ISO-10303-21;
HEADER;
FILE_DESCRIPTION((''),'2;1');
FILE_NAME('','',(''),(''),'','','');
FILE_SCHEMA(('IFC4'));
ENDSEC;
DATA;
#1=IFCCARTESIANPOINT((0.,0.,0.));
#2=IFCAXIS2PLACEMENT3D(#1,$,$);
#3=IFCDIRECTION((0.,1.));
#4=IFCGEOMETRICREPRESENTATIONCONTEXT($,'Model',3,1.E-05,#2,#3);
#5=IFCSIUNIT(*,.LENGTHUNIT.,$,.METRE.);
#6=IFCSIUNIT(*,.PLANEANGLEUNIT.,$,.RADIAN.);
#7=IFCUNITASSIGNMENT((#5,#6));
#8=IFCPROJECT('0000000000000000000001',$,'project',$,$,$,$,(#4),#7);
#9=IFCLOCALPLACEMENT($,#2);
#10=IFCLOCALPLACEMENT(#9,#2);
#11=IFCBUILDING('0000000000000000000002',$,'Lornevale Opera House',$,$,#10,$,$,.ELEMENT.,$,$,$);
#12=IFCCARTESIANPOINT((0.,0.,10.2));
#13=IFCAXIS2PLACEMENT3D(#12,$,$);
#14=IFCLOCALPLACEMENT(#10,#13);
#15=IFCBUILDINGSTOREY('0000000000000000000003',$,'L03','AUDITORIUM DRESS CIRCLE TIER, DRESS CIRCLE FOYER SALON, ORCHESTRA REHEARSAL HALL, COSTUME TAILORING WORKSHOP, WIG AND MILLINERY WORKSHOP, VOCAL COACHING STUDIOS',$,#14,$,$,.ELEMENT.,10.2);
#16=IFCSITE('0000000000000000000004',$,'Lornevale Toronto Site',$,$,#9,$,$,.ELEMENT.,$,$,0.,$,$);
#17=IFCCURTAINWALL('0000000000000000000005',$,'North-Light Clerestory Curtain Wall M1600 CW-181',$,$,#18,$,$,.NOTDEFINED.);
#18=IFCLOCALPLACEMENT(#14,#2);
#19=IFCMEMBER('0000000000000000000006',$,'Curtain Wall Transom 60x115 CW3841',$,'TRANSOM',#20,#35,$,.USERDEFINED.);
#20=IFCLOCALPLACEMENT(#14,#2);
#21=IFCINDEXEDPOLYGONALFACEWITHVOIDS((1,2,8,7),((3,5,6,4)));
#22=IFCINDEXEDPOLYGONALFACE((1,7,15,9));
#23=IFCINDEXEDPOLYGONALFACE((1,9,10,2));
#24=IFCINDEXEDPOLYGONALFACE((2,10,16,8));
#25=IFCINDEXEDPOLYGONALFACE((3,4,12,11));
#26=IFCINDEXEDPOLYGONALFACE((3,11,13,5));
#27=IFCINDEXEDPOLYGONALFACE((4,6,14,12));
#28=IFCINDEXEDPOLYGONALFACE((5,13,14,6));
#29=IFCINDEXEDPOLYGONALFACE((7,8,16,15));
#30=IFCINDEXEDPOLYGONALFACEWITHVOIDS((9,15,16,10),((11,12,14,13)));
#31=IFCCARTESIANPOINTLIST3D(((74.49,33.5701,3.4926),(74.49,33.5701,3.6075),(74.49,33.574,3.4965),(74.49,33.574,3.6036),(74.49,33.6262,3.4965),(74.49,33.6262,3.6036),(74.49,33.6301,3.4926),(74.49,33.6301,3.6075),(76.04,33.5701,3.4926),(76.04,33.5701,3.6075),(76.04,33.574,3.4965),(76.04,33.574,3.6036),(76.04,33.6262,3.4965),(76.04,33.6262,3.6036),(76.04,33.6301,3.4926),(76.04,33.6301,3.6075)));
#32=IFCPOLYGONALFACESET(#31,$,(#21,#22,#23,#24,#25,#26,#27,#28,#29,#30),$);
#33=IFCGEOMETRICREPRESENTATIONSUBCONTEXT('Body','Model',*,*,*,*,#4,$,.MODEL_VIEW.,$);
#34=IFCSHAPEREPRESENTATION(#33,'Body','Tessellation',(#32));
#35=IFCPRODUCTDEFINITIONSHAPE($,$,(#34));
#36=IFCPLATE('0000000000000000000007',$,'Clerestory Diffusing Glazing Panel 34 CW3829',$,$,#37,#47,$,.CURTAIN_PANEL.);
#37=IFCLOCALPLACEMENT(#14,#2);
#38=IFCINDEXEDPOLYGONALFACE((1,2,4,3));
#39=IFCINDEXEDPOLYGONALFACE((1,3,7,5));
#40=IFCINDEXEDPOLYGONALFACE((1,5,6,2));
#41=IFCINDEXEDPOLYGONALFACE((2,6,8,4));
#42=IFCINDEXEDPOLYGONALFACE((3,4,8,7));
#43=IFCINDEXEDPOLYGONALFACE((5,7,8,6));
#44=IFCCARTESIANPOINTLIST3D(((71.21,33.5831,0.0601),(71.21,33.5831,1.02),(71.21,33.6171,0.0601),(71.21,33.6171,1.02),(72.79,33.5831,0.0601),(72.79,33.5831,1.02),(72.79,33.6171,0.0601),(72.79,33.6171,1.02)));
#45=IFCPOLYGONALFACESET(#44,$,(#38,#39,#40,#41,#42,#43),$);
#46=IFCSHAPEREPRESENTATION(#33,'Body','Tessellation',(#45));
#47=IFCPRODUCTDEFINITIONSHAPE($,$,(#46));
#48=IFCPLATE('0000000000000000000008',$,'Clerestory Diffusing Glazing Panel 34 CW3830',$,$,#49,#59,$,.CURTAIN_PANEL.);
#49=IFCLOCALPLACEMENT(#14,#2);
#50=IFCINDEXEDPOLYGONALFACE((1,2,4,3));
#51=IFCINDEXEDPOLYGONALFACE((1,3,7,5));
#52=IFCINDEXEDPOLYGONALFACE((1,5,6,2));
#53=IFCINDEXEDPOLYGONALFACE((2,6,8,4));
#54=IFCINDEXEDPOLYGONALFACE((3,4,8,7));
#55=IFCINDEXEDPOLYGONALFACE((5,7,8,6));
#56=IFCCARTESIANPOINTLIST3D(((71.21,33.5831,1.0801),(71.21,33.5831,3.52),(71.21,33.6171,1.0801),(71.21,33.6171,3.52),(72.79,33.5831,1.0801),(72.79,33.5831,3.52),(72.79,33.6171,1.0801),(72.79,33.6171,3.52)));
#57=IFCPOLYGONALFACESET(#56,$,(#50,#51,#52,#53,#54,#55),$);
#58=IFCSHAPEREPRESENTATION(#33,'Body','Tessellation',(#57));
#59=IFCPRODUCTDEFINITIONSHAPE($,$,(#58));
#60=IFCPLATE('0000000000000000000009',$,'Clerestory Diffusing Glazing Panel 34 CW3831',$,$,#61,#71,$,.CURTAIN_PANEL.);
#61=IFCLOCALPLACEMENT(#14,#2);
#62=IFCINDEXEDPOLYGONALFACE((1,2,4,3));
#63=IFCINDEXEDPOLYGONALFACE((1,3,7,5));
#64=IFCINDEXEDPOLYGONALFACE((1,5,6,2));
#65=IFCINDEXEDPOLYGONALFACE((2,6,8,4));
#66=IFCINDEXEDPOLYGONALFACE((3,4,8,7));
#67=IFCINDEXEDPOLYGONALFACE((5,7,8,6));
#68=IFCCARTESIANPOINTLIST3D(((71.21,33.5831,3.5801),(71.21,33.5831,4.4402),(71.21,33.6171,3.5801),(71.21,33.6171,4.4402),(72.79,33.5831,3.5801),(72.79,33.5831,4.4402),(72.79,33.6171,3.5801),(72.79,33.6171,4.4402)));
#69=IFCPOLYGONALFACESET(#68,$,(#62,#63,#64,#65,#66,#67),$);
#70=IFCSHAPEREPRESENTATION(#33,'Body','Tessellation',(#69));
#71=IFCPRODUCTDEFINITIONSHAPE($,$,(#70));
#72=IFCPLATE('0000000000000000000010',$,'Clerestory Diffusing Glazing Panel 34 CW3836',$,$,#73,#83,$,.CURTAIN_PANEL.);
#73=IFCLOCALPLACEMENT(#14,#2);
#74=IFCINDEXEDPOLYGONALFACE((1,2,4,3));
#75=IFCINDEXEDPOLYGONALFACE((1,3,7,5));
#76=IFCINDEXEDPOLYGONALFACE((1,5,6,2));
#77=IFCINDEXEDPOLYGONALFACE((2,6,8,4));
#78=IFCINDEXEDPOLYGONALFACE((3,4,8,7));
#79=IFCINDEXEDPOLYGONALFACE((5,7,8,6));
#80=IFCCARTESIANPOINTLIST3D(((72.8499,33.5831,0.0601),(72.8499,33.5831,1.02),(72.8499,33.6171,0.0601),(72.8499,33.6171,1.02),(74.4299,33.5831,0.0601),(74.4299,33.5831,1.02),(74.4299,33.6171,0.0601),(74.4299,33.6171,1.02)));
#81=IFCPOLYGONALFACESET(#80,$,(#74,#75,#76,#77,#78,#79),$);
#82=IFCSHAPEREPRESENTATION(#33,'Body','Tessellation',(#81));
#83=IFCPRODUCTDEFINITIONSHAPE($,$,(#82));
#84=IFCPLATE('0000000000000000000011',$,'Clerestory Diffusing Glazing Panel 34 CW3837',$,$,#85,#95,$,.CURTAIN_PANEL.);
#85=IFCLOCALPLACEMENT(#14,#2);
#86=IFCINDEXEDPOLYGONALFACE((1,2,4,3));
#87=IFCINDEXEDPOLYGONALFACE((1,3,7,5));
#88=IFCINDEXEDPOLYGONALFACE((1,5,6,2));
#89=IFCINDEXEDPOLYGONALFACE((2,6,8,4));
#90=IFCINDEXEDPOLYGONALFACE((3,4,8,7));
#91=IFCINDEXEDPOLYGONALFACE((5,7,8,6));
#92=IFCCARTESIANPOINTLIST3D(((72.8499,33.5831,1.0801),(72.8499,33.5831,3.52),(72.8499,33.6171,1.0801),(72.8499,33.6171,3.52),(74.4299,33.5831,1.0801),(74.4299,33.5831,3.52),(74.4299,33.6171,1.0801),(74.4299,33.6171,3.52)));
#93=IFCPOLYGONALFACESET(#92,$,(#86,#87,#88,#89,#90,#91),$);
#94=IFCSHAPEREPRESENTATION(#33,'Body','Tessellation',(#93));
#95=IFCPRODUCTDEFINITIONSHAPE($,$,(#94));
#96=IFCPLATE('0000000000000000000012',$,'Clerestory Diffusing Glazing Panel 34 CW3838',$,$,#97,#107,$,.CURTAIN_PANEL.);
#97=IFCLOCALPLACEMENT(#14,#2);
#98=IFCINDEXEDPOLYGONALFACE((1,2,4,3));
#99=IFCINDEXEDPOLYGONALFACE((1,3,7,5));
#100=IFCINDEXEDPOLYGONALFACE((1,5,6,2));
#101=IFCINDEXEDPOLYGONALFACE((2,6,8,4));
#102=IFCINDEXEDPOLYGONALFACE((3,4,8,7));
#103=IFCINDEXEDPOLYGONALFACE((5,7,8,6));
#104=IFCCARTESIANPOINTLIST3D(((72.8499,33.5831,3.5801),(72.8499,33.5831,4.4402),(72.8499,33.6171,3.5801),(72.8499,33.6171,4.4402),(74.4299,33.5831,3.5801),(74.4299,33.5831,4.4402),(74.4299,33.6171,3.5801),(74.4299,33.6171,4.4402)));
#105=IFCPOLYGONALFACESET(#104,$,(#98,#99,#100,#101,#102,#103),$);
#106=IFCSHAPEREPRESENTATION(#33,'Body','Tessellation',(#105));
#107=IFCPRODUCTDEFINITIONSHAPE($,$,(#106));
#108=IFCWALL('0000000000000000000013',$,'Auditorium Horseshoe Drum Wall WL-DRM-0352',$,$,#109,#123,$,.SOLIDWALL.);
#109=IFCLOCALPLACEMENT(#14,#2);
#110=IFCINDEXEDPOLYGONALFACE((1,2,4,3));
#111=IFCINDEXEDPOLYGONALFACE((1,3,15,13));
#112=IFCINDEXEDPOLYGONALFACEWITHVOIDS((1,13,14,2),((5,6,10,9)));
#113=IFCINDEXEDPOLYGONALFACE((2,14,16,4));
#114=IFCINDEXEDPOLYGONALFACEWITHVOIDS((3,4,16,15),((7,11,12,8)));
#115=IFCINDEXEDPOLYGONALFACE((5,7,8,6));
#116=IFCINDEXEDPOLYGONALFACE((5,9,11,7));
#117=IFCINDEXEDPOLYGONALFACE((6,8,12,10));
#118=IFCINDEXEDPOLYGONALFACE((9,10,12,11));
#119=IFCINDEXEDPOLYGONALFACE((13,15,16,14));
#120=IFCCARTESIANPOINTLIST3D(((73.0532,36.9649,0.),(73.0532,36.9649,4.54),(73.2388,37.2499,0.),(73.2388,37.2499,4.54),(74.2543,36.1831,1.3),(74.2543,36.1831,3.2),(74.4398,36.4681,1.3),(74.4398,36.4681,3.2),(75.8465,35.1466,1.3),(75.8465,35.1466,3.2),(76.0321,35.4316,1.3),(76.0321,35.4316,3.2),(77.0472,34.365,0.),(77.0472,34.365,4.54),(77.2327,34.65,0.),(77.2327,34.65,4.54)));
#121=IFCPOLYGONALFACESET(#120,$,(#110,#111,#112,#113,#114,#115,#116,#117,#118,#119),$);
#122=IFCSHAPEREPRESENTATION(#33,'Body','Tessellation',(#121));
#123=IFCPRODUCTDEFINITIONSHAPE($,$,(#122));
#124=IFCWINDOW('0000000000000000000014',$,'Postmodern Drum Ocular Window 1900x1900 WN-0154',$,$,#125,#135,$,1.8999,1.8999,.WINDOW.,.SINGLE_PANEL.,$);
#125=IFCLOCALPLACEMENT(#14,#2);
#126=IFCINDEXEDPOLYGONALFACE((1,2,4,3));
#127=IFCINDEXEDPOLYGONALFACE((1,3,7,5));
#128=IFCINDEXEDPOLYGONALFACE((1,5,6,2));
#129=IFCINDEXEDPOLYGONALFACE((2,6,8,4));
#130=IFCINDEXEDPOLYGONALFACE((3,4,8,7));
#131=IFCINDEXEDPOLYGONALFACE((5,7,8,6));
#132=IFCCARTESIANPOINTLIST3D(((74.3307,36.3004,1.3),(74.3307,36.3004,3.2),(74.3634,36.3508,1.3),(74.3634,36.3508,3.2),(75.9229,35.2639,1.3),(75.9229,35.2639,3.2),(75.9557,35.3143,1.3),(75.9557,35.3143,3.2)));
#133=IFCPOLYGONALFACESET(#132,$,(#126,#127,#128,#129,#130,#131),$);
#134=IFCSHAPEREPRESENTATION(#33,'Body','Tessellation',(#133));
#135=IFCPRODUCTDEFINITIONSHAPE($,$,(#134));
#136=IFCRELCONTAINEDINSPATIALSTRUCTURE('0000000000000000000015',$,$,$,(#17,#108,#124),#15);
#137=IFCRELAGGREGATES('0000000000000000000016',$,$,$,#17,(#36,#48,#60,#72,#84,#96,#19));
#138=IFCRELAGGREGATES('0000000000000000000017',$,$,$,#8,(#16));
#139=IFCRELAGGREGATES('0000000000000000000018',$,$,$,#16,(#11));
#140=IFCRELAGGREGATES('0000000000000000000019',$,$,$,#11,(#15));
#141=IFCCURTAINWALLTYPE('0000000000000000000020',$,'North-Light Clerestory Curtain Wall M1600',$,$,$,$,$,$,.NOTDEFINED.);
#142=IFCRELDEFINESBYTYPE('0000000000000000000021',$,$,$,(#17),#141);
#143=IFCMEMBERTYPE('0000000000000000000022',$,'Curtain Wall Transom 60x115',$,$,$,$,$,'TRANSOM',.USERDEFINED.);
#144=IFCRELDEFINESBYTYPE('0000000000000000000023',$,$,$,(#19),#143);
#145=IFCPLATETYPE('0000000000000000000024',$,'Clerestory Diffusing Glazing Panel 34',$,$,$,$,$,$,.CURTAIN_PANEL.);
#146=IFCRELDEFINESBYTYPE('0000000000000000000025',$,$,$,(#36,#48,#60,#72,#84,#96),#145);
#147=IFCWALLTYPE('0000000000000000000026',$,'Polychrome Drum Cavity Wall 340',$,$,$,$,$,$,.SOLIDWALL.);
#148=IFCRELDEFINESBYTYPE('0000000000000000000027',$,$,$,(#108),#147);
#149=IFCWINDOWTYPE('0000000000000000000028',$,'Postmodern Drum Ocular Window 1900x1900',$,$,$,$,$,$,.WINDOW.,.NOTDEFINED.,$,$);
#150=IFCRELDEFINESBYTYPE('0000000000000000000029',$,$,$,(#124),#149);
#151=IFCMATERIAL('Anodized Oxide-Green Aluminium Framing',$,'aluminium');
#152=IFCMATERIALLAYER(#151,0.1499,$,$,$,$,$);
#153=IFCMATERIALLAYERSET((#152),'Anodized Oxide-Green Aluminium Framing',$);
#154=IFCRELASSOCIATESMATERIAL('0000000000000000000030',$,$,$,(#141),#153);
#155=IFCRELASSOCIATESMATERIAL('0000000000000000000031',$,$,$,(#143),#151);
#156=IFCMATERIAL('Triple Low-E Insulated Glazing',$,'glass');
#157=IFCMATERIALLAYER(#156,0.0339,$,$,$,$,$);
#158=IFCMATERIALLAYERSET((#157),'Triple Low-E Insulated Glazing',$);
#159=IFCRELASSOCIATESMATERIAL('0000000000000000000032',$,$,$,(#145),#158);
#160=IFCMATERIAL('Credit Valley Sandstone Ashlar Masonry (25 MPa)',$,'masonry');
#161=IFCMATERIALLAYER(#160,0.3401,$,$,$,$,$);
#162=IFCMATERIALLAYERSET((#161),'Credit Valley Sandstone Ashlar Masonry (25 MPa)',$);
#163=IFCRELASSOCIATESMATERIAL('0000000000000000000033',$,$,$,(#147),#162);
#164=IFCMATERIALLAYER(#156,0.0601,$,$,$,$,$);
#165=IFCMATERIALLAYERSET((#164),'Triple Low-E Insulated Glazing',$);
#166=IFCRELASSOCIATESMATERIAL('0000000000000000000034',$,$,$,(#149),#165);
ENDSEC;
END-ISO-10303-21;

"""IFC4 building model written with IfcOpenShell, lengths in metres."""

from ifc_helpers import new_model, si_unit, direction, frame, frame_2d, origin, origin_2d, place, context, subcontext, project, spatial, rectangle, hollow_rectangle, extrude, material, layer, layer_set, material_profile, profile_set, type_object, element, fill, aggregate, save


model = new_model("IFC4")

# Units and contexts
model_context = context("Model", 3, precision=1e-05, world=origin(), true_north=direction((0.0, 1.0)))
body_context = subcontext(model_context, "Body", "Model", "MODEL_VIEW")
ifc_project = project(units=[si_unit("LENGTHUNIT", "METRE"), si_unit("PLANEANGLEUNIT", "RADIAN")], contexts=[model_context])

# Site, building, storey
site_placement = place(None, origin())
site = spatial("IfcSite", under=ifc_project, at=site_placement, Name="Lornevale Toronto Site", CompositionType="ELEMENT", RefElevation=0.0)
building_placement = place(site_placement, origin())
building = spatial("IfcBuilding", under=site, at=building_placement, Name="Lornevale Opera House", CompositionType="ELEMENT")
storey_placement = place(building_placement, frame((0.0, 0.0, 10.2)))
storey = spatial("IfcBuildingStorey", under=building, at=storey_placement, Name="L03", Description="AUDITORIUM DRESS CIRCLE TIER, DRESS CIRCLE FOYER SALON, ORCHESTRA REHEARSAL HALL, COSTUME TAILORING WORKSHOP, WIG AND MILLINERY WORKSHOP, VOCAL COACHING STUDIOS", CompositionType="ELEMENT", Elevation=10.2)

# Curtain wall, member, plates
ifc_material_1 = material(Name="Anodized Oxide-Green Aluminium Framing", Category="aluminium")
ifc_layer_1 = layer(ifc_material_1, 0.1499)
ifc_layer_set_1 = layer_set([ifc_layer_1], Name="Anodized Oxide-Green Aluminium Framing")
curtain_wall_type = type_object("IfcCurtainWallType", Name="North-Light Clerestory Curtain Wall M1600", PredefinedType="NOTDEFINED", material=ifc_layer_set_1)
curtain_wall_placement = place(storey_placement, origin())
curtain_wall = element("IfcCurtainWall", 1, at=curtain_wall_placement, inside=storey, type_object=curtain_wall_type, Name="North-Light Clerestory Curtain Wall M1600 CW-181", PredefinedType="NOTDEFINED")
ifc_material_profile_1 = material_profile(ifc_material_1, hollow_rectangle(XDim=0.0601, YDim=0.115, WallThickness=0.0039, at=origin_2d()), Name="ALU60x115x4")
ifc_profile_set_1 = profile_set([ifc_material_profile_1], Name="Anodized Oxide-Green Aluminium Framing")
member_type_1 = type_object("IfcMemberType", Name="Curtain Wall Transom 60x115", ElementType="TRANSOM", PredefinedType="USERDEFINED", material=ifc_profile_set_1)
member_1_placement = place(storey_placement, frame((74.49, 33.6001, 3.55), z_axis=(1.0, 0.0, 0.0), x_axis=(0.0, 1.0, 0.0)))
member_1 = element("IfcMember", 2, at=member_1_placement, type_object=member_type_1, Name="Curtain Wall Transom 60x115 CW3841", ObjectType="TRANSOM", PredefinedType="USERDEFINED", context=body_context, shape_type="SweptSolid", body=[
    extrude(hollow_rectangle(XDim=0.0601, YDim=0.115, WallThickness=0.0039, at=origin_2d()), origin(), (0.0, 0.0, 1.0), 1.55),
])
ifc_material_2 = material(Name="Triple Low-E Insulated Glazing", Category="glass")
ifc_layer_2 = layer(ifc_material_2, 0.0339)
ifc_layer_set_2 = layer_set([ifc_layer_2], Name="Triple Low-E Insulated Glazing")
plate_type = type_object("IfcPlateType", Name="Clerestory Diffusing Glazing Panel 34", PredefinedType="CURTAIN_PANEL", material=ifc_layer_set_2)
plate_1_placement = place(storey_placement, frame((72.0, 33.6001, 0.0601), z_axis=(0.0, 0.0, 1.0), x_axis=(1.0, 0.0, 0.0)))
plate_1 = element("IfcPlate", 3, at=plate_1_placement, type_object=plate_type, Name="Clerestory Diffusing Glazing Panel 34 CW3829", PredefinedType="CURTAIN_PANEL", context=body_context, shape_type="SweptSolid", body=[
    extrude(rectangle(XDim=1.5801, YDim=0.0339, at=origin_2d()), origin(), (0.0, 0.0, 1.0), 0.96),
])
plate_2_placement = place(storey_placement, frame((72.0, 33.6001, 1.0801), z_axis=(0.0, 0.0, 1.0), x_axis=(1.0, 0.0, 0.0)))
plate_2 = element("IfcPlate", 4, at=plate_2_placement, type_object=plate_type, Name="Clerestory Diffusing Glazing Panel 34 CW3830", PredefinedType="CURTAIN_PANEL", context=body_context, shape_type="SweptSolid", body=[
    extrude(rectangle(XDim=1.5801, YDim=0.0339, at=origin_2d()), origin(), (0.0, 0.0, 1.0), 2.4399),
])
plate_3_placement = place(storey_placement, frame((72.0, 33.6001, 3.5801), z_axis=(0.0, 0.0, 1.0), x_axis=(1.0, 0.0, 0.0)))
plate_3 = element("IfcPlate", 5, at=plate_3_placement, type_object=plate_type, Name="Clerestory Diffusing Glazing Panel 34 CW3831", PredefinedType="CURTAIN_PANEL", context=body_context, shape_type="SweptSolid", body=[
    extrude(rectangle(XDim=1.5801, YDim=0.0339, at=origin_2d()), origin(), (0.0, 0.0, 1.0), 0.8601),
])
plate_4_placement = place(storey_placement, frame((73.6399, 33.6001, 0.0601), z_axis=(0.0, 0.0, 1.0), x_axis=(1.0, 0.0, 0.0)))
plate_4 = element("IfcPlate", 6, at=plate_4_placement, type_object=plate_type, Name="Clerestory Diffusing Glazing Panel 34 CW3836", PredefinedType="CURTAIN_PANEL", context=body_context, shape_type="SweptSolid", body=[
    extrude(rectangle(XDim=1.5801, YDim=0.0339, at=origin_2d()), origin(), (0.0, 0.0, 1.0), 0.96),
])
plate_5_placement = place(storey_placement, frame((73.6399, 33.6001, 1.0801), z_axis=(0.0, 0.0, 1.0), x_axis=(1.0, 0.0, 0.0)))
plate_5 = element("IfcPlate", 7, at=plate_5_placement, type_object=plate_type, Name="Clerestory Diffusing Glazing Panel 34 CW3837", PredefinedType="CURTAIN_PANEL", context=body_context, shape_type="SweptSolid", body=[
    extrude(rectangle(XDim=1.5801, YDim=0.0339, at=origin_2d()), origin(), (0.0, 0.0, 1.0), 2.4399),
])
plate_6_placement = place(storey_placement, frame((73.6399, 33.6001, 3.5801), z_axis=(0.0, 0.0, 1.0), x_axis=(1.0, 0.0, 0.0)))
plate_6 = element("IfcPlate", 8, at=plate_6_placement, type_object=plate_type, Name="Clerestory Diffusing Glazing Panel 34 CW3838", PredefinedType="CURTAIN_PANEL", context=body_context, shape_type="SweptSolid", body=[
    extrude(rectangle(XDim=1.5801, YDim=0.0339, at=origin_2d()), origin(), (0.0, 0.0, 1.0), 0.8601),
])
aggregate(curtain_wall, [plate_1, plate_2, plate_3, plate_4, plate_5, plate_6, member_1])

# Wall, opening, window
ifc_material_3 = material(Name="Credit Valley Sandstone Ashlar Masonry (25 MPa)", Category="masonry")
ifc_layer_3 = layer(ifc_material_3, 0.3401)
ifc_layer_set_3 = layer_set([ifc_layer_3], Name="Credit Valley Sandstone Ashlar Masonry (25 MPa)")
wall_type = type_object("IfcWallType", Name="Polychrome Drum Cavity Wall 340", PredefinedType="SOLIDWALL", material=ifc_layer_set_3)
wall_placement = place(storey_placement, frame((73.146, 37.1074, 0.0), z_axis=(0.0, 0.0, 1.0), x_axis=(0.838077, -0.545552, 0.0)))
wall = element("IfcWall", 9, at=wall_placement, inside=storey, type_object=wall_type, Name="Auditorium Horseshoe Drum Wall WL-DRM-0352", PredefinedType="SOLIDWALL", context=body_context, shape_type="SweptSolid", body=[
    extrude(rectangle(XDim=4.7656, YDim=0.3401, at=frame_2d((2.3828, 0.0))), origin(), (0.0, 0.0, 1.0), 4.54),
])
opening_placement = place(wall_placement, frame((1.4331, 0.0, 1.3)))
opening = element("IfcOpeningElement", 10, at=opening_placement, cuts=wall, PredefinedType="OPENING", context=body_context, shape_type="SweptSolid", body=[
    extrude(rectangle(XDim=1.8999, YDim=1.8999, at=frame_2d((0.95, 0.95))), frame((0.0, 0.1799, 0.0), z_axis=(0.0, -1.0, 0.0), x_axis=(1.0, 0.0, 0.0)), (0.0, 0.0, 1.0), 0.3601),
])
ifc_layer_4 = layer(ifc_material_2, 0.0601)
ifc_layer_set_4 = layer_set([ifc_layer_4], Name="Triple Low-E Insulated Glazing")
window_type = type_object("IfcWindowType", Name="Postmodern Drum Ocular Window 1900x1900", PartitioningType="NOTDEFINED", PredefinedType="WINDOW", material=ifc_layer_set_4)
window_placement = place(opening_placement, origin())
window = element("IfcWindow", 11, at=window_placement, inside=storey, type_object=window_type, Name="Postmodern Drum Ocular Window 1900x1900 WN-0154", OverallHeight=1.8999, OverallWidth=1.8999, PartitioningType="SINGLE_PANEL", PredefinedType="WINDOW", context=body_context, shape_type="SweptSolid", body=[
    extrude(rectangle(XDim=1.8999, YDim=1.8999, at=frame_2d((0.95, 0.95))), frame((0.0, 0.03, 0.0), z_axis=(0.0, -1.0, 0.0), x_axis=(1.0, 0.0, 0.0)), (0.0, 0.0, 1.0), 0.0601),
])
fill(opening, window)

save(model, "model.ifc")
